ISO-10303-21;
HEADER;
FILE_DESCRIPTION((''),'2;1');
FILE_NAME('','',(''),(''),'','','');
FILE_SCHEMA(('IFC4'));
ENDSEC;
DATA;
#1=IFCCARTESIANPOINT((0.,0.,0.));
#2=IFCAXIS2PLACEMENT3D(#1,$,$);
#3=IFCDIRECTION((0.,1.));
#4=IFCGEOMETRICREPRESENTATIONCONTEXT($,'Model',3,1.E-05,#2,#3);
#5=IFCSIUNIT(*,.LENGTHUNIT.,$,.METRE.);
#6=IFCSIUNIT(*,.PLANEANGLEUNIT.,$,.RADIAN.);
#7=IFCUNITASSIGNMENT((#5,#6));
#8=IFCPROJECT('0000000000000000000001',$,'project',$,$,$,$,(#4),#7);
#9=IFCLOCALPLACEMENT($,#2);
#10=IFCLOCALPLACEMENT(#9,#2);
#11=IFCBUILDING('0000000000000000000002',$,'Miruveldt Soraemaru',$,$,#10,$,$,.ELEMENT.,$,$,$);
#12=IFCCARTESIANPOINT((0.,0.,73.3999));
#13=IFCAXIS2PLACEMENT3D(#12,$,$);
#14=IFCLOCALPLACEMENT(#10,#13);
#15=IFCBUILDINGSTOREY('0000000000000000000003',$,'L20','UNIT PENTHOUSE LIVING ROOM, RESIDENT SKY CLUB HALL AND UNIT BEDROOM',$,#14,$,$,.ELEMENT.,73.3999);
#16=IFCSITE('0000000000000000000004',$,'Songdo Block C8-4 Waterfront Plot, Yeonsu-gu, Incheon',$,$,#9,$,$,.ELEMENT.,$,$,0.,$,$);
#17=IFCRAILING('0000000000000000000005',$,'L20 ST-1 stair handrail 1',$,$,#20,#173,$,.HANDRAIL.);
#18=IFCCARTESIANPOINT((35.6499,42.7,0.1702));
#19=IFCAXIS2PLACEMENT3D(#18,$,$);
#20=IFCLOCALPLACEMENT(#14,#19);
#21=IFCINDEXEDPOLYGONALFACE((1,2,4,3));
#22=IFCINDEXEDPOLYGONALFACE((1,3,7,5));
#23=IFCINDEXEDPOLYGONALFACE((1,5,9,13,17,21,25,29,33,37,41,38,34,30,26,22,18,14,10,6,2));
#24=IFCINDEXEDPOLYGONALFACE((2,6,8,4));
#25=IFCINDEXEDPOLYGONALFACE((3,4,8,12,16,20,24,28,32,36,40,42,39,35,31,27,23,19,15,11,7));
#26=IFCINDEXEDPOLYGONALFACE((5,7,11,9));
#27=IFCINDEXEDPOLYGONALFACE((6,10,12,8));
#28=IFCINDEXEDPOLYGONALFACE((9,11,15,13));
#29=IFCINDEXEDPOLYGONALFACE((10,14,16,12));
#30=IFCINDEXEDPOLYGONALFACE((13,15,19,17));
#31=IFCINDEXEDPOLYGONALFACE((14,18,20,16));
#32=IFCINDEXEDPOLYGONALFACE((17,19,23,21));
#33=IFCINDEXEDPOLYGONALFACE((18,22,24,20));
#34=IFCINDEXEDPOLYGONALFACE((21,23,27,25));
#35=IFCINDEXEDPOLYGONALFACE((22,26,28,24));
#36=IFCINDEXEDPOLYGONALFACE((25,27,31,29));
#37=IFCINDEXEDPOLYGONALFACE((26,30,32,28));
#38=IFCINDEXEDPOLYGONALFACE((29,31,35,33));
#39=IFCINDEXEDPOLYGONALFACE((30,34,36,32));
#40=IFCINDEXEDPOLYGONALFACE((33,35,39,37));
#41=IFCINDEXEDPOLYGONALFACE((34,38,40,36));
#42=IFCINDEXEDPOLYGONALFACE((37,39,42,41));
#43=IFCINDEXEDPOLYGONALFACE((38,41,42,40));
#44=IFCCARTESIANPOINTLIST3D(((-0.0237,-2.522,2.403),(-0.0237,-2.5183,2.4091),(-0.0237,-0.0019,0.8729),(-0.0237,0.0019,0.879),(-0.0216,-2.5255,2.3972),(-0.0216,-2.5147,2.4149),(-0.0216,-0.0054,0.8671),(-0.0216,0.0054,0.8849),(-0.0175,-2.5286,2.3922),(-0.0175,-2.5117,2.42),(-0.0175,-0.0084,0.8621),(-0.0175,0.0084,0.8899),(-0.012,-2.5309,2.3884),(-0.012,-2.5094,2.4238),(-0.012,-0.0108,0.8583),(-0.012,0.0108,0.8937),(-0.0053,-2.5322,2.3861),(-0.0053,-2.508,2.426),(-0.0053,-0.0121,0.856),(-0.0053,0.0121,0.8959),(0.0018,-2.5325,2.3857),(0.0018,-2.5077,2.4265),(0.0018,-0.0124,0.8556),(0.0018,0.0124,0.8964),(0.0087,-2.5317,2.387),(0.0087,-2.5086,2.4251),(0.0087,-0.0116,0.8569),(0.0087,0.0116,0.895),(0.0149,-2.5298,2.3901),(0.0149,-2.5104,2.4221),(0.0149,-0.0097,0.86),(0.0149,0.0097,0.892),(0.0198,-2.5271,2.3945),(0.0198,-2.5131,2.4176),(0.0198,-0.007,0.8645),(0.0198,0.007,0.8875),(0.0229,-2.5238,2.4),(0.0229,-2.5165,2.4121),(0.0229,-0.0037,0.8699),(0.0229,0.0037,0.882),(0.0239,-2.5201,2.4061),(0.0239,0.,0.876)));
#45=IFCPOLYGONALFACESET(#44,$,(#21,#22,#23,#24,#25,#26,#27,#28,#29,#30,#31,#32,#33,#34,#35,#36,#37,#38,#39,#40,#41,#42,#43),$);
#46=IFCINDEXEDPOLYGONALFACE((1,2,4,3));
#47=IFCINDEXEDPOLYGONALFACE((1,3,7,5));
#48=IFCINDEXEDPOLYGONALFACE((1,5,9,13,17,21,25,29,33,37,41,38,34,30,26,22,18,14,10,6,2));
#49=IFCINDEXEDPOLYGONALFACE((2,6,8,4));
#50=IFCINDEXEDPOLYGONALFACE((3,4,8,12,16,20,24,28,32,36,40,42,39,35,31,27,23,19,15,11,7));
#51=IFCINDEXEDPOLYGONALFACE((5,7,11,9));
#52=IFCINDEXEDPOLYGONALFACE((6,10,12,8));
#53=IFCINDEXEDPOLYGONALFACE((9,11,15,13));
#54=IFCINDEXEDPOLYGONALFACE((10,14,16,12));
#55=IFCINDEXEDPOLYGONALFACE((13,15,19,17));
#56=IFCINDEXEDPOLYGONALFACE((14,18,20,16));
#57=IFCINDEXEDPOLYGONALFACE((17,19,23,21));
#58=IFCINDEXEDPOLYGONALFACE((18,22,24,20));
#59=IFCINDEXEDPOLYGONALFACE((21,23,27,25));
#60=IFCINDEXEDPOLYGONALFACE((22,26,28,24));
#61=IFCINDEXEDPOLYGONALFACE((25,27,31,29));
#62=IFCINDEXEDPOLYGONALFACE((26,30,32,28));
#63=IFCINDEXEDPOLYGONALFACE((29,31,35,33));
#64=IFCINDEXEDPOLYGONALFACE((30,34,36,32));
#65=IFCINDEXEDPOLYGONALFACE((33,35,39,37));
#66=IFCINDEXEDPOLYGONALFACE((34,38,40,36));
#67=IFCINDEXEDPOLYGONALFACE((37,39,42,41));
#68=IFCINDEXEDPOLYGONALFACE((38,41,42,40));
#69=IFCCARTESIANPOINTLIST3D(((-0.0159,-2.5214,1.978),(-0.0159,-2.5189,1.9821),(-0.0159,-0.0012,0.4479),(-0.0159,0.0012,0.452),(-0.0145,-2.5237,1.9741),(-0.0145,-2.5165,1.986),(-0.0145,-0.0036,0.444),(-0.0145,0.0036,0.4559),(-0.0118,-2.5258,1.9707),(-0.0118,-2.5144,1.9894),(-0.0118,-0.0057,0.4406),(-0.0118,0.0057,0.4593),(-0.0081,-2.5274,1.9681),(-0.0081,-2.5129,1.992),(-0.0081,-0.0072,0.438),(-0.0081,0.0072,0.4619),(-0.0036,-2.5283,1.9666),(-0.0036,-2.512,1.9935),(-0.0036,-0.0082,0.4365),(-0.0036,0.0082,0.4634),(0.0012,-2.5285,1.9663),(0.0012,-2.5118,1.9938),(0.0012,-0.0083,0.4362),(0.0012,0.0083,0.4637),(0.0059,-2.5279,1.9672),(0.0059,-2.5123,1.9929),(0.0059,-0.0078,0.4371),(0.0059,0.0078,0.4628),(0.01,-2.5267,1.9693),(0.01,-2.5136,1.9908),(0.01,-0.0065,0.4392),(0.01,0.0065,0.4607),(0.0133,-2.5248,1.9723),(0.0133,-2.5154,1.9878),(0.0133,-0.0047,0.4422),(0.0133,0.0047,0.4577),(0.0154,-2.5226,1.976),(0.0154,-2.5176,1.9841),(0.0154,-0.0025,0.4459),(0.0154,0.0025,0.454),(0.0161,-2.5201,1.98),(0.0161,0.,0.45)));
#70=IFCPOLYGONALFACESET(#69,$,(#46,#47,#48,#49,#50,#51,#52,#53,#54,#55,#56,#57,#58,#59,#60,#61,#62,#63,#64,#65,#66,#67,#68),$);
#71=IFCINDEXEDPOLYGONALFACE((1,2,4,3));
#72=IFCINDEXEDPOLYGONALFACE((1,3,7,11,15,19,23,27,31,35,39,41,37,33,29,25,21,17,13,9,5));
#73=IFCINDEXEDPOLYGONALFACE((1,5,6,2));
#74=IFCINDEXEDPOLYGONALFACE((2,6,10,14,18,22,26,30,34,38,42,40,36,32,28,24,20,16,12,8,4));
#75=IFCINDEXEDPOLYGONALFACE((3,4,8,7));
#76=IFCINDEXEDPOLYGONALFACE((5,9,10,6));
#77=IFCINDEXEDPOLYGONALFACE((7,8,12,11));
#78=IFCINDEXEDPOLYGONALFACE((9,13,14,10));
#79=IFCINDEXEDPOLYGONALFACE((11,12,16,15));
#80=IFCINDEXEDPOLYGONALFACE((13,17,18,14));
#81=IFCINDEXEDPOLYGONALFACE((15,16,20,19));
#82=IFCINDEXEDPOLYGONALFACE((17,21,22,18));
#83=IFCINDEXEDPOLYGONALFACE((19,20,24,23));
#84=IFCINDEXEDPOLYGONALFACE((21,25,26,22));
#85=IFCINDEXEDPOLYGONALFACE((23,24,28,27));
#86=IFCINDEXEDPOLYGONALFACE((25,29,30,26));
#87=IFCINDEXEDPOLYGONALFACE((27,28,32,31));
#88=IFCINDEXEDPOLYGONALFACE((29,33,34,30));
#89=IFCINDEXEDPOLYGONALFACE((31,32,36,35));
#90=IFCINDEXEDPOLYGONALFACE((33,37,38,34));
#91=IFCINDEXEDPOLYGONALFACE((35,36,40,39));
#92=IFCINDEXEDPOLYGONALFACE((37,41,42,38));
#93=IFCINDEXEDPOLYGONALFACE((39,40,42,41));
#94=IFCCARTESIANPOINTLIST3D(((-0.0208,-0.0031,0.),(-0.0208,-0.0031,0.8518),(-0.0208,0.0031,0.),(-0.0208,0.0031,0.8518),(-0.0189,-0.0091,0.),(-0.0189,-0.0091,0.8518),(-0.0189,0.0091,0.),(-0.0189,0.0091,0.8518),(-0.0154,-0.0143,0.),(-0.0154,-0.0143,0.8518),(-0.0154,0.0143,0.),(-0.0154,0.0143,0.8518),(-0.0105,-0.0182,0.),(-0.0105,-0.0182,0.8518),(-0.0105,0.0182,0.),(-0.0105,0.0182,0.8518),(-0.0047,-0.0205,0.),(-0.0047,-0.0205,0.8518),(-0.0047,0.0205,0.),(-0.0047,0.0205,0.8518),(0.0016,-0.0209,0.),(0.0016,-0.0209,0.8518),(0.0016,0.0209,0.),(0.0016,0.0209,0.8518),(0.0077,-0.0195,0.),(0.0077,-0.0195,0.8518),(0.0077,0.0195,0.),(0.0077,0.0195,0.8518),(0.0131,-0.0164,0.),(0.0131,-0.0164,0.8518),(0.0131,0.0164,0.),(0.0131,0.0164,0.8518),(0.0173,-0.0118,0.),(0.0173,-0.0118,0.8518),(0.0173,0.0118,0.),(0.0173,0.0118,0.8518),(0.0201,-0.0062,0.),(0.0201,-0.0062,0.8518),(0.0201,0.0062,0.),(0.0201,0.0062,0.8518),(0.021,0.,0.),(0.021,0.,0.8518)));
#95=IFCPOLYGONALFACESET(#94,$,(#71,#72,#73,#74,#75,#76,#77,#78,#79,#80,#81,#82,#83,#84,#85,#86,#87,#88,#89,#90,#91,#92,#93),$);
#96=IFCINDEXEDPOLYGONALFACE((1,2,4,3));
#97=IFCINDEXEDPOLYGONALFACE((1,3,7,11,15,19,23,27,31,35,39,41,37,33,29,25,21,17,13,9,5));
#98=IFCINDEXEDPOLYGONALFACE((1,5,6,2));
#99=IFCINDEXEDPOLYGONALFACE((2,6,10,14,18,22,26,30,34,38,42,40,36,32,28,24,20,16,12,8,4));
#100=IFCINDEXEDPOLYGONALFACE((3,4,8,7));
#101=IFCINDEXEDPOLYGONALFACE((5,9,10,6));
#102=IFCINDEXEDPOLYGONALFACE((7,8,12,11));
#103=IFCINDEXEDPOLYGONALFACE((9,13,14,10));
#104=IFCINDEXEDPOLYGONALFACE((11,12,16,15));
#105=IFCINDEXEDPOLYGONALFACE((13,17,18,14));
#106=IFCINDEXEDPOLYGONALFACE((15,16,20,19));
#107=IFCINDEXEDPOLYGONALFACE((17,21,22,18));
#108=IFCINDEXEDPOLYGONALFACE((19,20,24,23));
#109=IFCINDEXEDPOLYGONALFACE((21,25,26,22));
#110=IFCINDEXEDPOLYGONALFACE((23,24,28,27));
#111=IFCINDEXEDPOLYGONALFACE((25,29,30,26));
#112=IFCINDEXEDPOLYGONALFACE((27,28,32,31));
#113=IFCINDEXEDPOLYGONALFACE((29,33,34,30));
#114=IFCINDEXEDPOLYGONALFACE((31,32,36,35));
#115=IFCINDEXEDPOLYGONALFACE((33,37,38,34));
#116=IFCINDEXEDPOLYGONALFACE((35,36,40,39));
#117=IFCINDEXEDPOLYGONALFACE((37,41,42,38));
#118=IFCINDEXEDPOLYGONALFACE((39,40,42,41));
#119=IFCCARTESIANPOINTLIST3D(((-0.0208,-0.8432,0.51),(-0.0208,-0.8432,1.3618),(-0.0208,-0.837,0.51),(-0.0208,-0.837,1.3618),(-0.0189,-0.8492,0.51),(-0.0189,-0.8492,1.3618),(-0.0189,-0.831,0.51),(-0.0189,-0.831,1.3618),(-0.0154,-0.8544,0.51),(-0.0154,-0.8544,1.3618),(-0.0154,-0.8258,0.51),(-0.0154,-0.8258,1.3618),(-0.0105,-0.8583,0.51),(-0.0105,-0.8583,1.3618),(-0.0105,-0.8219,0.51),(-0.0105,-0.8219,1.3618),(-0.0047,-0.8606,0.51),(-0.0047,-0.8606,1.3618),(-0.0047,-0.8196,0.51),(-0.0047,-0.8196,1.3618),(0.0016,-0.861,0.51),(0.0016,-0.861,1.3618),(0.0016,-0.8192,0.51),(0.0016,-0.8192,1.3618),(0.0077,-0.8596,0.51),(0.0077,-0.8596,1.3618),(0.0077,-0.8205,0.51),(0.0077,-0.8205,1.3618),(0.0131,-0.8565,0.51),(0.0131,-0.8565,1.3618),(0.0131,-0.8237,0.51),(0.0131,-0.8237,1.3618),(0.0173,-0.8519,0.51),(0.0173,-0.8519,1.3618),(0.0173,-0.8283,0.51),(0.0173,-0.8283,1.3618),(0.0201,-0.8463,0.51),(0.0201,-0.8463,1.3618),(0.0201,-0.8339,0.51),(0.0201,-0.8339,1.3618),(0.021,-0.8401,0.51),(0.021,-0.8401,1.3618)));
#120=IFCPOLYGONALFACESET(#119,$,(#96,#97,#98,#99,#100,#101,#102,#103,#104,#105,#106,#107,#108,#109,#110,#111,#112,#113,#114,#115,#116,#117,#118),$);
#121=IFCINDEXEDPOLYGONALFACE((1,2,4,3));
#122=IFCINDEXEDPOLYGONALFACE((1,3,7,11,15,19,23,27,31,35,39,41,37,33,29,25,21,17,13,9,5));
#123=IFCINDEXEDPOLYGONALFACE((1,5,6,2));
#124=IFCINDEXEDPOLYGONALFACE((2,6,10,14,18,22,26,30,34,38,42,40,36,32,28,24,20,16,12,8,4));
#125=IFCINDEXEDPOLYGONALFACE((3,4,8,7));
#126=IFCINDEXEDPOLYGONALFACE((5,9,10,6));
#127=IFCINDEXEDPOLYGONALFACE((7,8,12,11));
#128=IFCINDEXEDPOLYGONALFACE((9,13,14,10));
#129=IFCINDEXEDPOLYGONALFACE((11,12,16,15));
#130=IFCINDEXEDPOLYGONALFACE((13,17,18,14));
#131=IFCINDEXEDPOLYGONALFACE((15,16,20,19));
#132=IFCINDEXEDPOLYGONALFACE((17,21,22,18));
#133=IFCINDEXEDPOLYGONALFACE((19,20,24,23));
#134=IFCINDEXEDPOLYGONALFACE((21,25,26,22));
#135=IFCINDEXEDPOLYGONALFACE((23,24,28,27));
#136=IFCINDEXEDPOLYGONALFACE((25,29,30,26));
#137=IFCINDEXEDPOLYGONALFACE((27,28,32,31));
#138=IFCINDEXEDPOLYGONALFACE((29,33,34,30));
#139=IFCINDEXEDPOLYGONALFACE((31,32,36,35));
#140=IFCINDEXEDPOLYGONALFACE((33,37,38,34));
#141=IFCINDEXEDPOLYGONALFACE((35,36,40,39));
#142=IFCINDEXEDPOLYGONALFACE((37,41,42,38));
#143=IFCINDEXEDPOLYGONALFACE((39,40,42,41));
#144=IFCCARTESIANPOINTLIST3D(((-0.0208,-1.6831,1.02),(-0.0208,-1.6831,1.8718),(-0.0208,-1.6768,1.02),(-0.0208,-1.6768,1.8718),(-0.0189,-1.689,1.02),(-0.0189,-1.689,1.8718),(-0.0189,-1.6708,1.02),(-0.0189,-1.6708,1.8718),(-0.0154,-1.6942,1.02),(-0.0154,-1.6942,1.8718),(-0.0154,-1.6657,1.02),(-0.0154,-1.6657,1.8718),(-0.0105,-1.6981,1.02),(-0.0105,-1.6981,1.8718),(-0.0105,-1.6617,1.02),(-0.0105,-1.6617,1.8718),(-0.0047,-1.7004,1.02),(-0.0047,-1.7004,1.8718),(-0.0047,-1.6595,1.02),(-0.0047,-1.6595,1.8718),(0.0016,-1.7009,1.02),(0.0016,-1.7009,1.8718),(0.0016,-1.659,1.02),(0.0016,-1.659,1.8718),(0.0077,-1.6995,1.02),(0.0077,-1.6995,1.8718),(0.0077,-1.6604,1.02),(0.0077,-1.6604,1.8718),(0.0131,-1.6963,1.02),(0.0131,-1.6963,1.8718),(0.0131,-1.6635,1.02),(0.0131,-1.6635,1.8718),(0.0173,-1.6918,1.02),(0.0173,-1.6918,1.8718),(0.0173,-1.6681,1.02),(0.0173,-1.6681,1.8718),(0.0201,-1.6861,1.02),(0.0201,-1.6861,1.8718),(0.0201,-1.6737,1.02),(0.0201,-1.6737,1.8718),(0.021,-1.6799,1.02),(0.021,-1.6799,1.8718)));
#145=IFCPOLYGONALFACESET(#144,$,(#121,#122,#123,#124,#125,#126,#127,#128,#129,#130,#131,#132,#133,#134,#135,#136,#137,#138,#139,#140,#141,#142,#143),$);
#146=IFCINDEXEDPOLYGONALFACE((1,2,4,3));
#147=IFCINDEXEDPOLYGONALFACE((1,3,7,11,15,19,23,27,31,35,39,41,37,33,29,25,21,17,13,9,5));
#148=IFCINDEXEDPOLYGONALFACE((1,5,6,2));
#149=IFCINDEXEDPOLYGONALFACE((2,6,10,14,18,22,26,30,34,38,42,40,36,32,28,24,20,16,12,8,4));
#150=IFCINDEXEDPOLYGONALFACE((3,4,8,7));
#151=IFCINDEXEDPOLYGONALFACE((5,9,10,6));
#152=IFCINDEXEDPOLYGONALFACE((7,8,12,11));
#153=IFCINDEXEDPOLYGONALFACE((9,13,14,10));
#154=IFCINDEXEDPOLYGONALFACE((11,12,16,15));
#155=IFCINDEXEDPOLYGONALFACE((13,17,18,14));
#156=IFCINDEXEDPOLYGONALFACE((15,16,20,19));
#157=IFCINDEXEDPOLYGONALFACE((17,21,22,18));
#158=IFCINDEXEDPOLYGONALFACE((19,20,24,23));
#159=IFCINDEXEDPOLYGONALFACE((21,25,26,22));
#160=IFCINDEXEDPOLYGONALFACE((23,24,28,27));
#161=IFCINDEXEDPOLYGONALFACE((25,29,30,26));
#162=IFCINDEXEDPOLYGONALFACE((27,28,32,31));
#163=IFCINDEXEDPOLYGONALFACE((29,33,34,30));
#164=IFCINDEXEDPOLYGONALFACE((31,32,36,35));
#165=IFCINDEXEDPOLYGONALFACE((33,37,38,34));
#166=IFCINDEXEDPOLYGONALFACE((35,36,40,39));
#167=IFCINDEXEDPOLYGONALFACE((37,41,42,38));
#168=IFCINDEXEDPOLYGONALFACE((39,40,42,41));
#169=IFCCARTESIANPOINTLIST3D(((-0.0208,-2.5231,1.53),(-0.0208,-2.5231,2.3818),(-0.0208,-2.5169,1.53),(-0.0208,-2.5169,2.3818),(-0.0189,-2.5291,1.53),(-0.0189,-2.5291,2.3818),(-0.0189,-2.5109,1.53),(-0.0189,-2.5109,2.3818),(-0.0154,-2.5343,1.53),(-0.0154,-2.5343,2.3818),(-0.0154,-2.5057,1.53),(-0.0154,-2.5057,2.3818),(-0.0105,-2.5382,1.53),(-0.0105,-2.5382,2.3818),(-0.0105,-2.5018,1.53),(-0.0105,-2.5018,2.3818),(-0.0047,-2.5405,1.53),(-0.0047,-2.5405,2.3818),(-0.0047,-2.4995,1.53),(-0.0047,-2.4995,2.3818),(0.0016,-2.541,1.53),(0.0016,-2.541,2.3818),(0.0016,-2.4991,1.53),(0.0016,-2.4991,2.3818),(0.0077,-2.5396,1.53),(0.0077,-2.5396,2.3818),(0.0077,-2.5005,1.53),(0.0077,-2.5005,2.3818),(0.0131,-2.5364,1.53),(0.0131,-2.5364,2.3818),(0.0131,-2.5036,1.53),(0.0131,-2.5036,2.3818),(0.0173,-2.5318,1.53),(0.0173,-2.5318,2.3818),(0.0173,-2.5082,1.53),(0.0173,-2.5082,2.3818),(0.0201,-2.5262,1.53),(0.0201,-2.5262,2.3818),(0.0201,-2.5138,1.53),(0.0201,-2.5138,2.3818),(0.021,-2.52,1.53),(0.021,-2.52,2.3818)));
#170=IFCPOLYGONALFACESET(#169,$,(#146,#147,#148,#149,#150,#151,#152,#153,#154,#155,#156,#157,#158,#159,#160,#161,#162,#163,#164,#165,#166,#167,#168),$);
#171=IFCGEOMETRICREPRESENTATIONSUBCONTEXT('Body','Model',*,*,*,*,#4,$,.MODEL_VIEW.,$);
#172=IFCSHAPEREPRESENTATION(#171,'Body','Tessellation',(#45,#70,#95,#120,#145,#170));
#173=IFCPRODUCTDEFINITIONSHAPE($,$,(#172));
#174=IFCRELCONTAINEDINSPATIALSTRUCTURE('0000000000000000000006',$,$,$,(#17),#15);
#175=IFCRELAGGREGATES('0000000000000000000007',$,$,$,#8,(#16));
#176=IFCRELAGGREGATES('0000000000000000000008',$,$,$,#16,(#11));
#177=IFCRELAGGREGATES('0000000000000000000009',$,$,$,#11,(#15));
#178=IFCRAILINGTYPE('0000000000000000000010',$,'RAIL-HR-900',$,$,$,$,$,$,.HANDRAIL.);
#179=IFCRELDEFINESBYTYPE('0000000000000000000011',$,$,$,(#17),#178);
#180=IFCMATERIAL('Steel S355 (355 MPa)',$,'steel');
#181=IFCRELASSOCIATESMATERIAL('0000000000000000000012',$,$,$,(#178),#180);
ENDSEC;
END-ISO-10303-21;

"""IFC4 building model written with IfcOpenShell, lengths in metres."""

from ifc_helpers import new_model, si_unit, direction, frame, origin, origin_2d, place, context, subcontext, project, spatial, circle, extrude, material, type_object, element, save


model = new_model("IFC4")

# Units and contexts
model_context = context("Model", 3, precision=1e-05, world=origin(), true_north=direction((0.0, 1.0)))
body_context = subcontext(model_context, "Body", "Model", "MODEL_VIEW")
ifc_project = project(units=[si_unit("LENGTHUNIT", "METRE"), si_unit("PLANEANGLEUNIT", "RADIAN")], contexts=[model_context])

# Site, building, storey
site_placement = place(None, origin())
site = spatial("IfcSite", under=ifc_project, at=site_placement, Name="Songdo Block C8-4 Waterfront Plot, Yeonsu-gu, Incheon", CompositionType="ELEMENT", RefElevation=0.0)
building_placement = place(site_placement, origin())
building = spatial("IfcBuilding", under=site, at=building_placement, Name="Miruveldt Soraemaru", CompositionType="ELEMENT")
storey_placement = place(building_placement, frame((0.0, 0.0, 73.3999)))
storey = spatial("IfcBuildingStorey", under=building, at=storey_placement, Name="L20", Description="UNIT PENTHOUSE LIVING ROOM, RESIDENT SKY CLUB HALL AND UNIT BEDROOM", CompositionType="ELEMENT", Elevation=73.3999)

# Railing
ifc_material_1 = material(Name="Steel S355 (355 MPa)", Category="steel")
railing_type_1 = type_object("IfcRailingType", Name="RAIL-HR-900", PredefinedType="HANDRAIL", material=ifc_material_1)
railing_1_placement = place(storey_placement, frame((35.6499, 42.7, 0.1702)))
element("IfcRailing", 1, at=railing_1_placement, inside=storey, type_object=railing_type_1, Name="L20 ST-1 stair handrail 1", PredefinedType="HANDRAIL", context=body_context, shape_type="SweptSolid", body=[
    extrude(circle(Radius=0.0239, at=origin_2d()), frame((0.0, 0.0, 0.876), z_axis=(0.0, -0.854785, 0.518982), x_axis=(1.0, 0.0, 0.0)), (0.0, 0.0, 1.0), 2.9482),
    extrude(circle(Radius=0.0161, at=origin_2d()), frame((0.0, 0.0, 0.45), z_axis=(0.0, -0.854785, 0.518982), x_axis=(1.0, 0.0, 0.0)), (0.0, 0.0, 1.0), 2.9482),
    extrude(circle(Radius=0.021, at=origin_2d()), origin(), (0.0, 0.0, 1.0), 0.8518),
    extrude(circle(Radius=0.021, at=origin_2d()), frame((0.0, -0.8401, 0.51)), (0.0, 0.0, 1.0), 0.8518),
    extrude(circle(Radius=0.021, at=origin_2d()), frame((0.0, -1.6799, 1.02)), (0.0, 0.0, 1.0), 0.8518),
    extrude(circle(Radius=0.021, at=origin_2d()), frame((0.0, -2.52, 1.53)), (0.0, 0.0, 1.0), 0.8518),
])

save(model, "model.ifc")
